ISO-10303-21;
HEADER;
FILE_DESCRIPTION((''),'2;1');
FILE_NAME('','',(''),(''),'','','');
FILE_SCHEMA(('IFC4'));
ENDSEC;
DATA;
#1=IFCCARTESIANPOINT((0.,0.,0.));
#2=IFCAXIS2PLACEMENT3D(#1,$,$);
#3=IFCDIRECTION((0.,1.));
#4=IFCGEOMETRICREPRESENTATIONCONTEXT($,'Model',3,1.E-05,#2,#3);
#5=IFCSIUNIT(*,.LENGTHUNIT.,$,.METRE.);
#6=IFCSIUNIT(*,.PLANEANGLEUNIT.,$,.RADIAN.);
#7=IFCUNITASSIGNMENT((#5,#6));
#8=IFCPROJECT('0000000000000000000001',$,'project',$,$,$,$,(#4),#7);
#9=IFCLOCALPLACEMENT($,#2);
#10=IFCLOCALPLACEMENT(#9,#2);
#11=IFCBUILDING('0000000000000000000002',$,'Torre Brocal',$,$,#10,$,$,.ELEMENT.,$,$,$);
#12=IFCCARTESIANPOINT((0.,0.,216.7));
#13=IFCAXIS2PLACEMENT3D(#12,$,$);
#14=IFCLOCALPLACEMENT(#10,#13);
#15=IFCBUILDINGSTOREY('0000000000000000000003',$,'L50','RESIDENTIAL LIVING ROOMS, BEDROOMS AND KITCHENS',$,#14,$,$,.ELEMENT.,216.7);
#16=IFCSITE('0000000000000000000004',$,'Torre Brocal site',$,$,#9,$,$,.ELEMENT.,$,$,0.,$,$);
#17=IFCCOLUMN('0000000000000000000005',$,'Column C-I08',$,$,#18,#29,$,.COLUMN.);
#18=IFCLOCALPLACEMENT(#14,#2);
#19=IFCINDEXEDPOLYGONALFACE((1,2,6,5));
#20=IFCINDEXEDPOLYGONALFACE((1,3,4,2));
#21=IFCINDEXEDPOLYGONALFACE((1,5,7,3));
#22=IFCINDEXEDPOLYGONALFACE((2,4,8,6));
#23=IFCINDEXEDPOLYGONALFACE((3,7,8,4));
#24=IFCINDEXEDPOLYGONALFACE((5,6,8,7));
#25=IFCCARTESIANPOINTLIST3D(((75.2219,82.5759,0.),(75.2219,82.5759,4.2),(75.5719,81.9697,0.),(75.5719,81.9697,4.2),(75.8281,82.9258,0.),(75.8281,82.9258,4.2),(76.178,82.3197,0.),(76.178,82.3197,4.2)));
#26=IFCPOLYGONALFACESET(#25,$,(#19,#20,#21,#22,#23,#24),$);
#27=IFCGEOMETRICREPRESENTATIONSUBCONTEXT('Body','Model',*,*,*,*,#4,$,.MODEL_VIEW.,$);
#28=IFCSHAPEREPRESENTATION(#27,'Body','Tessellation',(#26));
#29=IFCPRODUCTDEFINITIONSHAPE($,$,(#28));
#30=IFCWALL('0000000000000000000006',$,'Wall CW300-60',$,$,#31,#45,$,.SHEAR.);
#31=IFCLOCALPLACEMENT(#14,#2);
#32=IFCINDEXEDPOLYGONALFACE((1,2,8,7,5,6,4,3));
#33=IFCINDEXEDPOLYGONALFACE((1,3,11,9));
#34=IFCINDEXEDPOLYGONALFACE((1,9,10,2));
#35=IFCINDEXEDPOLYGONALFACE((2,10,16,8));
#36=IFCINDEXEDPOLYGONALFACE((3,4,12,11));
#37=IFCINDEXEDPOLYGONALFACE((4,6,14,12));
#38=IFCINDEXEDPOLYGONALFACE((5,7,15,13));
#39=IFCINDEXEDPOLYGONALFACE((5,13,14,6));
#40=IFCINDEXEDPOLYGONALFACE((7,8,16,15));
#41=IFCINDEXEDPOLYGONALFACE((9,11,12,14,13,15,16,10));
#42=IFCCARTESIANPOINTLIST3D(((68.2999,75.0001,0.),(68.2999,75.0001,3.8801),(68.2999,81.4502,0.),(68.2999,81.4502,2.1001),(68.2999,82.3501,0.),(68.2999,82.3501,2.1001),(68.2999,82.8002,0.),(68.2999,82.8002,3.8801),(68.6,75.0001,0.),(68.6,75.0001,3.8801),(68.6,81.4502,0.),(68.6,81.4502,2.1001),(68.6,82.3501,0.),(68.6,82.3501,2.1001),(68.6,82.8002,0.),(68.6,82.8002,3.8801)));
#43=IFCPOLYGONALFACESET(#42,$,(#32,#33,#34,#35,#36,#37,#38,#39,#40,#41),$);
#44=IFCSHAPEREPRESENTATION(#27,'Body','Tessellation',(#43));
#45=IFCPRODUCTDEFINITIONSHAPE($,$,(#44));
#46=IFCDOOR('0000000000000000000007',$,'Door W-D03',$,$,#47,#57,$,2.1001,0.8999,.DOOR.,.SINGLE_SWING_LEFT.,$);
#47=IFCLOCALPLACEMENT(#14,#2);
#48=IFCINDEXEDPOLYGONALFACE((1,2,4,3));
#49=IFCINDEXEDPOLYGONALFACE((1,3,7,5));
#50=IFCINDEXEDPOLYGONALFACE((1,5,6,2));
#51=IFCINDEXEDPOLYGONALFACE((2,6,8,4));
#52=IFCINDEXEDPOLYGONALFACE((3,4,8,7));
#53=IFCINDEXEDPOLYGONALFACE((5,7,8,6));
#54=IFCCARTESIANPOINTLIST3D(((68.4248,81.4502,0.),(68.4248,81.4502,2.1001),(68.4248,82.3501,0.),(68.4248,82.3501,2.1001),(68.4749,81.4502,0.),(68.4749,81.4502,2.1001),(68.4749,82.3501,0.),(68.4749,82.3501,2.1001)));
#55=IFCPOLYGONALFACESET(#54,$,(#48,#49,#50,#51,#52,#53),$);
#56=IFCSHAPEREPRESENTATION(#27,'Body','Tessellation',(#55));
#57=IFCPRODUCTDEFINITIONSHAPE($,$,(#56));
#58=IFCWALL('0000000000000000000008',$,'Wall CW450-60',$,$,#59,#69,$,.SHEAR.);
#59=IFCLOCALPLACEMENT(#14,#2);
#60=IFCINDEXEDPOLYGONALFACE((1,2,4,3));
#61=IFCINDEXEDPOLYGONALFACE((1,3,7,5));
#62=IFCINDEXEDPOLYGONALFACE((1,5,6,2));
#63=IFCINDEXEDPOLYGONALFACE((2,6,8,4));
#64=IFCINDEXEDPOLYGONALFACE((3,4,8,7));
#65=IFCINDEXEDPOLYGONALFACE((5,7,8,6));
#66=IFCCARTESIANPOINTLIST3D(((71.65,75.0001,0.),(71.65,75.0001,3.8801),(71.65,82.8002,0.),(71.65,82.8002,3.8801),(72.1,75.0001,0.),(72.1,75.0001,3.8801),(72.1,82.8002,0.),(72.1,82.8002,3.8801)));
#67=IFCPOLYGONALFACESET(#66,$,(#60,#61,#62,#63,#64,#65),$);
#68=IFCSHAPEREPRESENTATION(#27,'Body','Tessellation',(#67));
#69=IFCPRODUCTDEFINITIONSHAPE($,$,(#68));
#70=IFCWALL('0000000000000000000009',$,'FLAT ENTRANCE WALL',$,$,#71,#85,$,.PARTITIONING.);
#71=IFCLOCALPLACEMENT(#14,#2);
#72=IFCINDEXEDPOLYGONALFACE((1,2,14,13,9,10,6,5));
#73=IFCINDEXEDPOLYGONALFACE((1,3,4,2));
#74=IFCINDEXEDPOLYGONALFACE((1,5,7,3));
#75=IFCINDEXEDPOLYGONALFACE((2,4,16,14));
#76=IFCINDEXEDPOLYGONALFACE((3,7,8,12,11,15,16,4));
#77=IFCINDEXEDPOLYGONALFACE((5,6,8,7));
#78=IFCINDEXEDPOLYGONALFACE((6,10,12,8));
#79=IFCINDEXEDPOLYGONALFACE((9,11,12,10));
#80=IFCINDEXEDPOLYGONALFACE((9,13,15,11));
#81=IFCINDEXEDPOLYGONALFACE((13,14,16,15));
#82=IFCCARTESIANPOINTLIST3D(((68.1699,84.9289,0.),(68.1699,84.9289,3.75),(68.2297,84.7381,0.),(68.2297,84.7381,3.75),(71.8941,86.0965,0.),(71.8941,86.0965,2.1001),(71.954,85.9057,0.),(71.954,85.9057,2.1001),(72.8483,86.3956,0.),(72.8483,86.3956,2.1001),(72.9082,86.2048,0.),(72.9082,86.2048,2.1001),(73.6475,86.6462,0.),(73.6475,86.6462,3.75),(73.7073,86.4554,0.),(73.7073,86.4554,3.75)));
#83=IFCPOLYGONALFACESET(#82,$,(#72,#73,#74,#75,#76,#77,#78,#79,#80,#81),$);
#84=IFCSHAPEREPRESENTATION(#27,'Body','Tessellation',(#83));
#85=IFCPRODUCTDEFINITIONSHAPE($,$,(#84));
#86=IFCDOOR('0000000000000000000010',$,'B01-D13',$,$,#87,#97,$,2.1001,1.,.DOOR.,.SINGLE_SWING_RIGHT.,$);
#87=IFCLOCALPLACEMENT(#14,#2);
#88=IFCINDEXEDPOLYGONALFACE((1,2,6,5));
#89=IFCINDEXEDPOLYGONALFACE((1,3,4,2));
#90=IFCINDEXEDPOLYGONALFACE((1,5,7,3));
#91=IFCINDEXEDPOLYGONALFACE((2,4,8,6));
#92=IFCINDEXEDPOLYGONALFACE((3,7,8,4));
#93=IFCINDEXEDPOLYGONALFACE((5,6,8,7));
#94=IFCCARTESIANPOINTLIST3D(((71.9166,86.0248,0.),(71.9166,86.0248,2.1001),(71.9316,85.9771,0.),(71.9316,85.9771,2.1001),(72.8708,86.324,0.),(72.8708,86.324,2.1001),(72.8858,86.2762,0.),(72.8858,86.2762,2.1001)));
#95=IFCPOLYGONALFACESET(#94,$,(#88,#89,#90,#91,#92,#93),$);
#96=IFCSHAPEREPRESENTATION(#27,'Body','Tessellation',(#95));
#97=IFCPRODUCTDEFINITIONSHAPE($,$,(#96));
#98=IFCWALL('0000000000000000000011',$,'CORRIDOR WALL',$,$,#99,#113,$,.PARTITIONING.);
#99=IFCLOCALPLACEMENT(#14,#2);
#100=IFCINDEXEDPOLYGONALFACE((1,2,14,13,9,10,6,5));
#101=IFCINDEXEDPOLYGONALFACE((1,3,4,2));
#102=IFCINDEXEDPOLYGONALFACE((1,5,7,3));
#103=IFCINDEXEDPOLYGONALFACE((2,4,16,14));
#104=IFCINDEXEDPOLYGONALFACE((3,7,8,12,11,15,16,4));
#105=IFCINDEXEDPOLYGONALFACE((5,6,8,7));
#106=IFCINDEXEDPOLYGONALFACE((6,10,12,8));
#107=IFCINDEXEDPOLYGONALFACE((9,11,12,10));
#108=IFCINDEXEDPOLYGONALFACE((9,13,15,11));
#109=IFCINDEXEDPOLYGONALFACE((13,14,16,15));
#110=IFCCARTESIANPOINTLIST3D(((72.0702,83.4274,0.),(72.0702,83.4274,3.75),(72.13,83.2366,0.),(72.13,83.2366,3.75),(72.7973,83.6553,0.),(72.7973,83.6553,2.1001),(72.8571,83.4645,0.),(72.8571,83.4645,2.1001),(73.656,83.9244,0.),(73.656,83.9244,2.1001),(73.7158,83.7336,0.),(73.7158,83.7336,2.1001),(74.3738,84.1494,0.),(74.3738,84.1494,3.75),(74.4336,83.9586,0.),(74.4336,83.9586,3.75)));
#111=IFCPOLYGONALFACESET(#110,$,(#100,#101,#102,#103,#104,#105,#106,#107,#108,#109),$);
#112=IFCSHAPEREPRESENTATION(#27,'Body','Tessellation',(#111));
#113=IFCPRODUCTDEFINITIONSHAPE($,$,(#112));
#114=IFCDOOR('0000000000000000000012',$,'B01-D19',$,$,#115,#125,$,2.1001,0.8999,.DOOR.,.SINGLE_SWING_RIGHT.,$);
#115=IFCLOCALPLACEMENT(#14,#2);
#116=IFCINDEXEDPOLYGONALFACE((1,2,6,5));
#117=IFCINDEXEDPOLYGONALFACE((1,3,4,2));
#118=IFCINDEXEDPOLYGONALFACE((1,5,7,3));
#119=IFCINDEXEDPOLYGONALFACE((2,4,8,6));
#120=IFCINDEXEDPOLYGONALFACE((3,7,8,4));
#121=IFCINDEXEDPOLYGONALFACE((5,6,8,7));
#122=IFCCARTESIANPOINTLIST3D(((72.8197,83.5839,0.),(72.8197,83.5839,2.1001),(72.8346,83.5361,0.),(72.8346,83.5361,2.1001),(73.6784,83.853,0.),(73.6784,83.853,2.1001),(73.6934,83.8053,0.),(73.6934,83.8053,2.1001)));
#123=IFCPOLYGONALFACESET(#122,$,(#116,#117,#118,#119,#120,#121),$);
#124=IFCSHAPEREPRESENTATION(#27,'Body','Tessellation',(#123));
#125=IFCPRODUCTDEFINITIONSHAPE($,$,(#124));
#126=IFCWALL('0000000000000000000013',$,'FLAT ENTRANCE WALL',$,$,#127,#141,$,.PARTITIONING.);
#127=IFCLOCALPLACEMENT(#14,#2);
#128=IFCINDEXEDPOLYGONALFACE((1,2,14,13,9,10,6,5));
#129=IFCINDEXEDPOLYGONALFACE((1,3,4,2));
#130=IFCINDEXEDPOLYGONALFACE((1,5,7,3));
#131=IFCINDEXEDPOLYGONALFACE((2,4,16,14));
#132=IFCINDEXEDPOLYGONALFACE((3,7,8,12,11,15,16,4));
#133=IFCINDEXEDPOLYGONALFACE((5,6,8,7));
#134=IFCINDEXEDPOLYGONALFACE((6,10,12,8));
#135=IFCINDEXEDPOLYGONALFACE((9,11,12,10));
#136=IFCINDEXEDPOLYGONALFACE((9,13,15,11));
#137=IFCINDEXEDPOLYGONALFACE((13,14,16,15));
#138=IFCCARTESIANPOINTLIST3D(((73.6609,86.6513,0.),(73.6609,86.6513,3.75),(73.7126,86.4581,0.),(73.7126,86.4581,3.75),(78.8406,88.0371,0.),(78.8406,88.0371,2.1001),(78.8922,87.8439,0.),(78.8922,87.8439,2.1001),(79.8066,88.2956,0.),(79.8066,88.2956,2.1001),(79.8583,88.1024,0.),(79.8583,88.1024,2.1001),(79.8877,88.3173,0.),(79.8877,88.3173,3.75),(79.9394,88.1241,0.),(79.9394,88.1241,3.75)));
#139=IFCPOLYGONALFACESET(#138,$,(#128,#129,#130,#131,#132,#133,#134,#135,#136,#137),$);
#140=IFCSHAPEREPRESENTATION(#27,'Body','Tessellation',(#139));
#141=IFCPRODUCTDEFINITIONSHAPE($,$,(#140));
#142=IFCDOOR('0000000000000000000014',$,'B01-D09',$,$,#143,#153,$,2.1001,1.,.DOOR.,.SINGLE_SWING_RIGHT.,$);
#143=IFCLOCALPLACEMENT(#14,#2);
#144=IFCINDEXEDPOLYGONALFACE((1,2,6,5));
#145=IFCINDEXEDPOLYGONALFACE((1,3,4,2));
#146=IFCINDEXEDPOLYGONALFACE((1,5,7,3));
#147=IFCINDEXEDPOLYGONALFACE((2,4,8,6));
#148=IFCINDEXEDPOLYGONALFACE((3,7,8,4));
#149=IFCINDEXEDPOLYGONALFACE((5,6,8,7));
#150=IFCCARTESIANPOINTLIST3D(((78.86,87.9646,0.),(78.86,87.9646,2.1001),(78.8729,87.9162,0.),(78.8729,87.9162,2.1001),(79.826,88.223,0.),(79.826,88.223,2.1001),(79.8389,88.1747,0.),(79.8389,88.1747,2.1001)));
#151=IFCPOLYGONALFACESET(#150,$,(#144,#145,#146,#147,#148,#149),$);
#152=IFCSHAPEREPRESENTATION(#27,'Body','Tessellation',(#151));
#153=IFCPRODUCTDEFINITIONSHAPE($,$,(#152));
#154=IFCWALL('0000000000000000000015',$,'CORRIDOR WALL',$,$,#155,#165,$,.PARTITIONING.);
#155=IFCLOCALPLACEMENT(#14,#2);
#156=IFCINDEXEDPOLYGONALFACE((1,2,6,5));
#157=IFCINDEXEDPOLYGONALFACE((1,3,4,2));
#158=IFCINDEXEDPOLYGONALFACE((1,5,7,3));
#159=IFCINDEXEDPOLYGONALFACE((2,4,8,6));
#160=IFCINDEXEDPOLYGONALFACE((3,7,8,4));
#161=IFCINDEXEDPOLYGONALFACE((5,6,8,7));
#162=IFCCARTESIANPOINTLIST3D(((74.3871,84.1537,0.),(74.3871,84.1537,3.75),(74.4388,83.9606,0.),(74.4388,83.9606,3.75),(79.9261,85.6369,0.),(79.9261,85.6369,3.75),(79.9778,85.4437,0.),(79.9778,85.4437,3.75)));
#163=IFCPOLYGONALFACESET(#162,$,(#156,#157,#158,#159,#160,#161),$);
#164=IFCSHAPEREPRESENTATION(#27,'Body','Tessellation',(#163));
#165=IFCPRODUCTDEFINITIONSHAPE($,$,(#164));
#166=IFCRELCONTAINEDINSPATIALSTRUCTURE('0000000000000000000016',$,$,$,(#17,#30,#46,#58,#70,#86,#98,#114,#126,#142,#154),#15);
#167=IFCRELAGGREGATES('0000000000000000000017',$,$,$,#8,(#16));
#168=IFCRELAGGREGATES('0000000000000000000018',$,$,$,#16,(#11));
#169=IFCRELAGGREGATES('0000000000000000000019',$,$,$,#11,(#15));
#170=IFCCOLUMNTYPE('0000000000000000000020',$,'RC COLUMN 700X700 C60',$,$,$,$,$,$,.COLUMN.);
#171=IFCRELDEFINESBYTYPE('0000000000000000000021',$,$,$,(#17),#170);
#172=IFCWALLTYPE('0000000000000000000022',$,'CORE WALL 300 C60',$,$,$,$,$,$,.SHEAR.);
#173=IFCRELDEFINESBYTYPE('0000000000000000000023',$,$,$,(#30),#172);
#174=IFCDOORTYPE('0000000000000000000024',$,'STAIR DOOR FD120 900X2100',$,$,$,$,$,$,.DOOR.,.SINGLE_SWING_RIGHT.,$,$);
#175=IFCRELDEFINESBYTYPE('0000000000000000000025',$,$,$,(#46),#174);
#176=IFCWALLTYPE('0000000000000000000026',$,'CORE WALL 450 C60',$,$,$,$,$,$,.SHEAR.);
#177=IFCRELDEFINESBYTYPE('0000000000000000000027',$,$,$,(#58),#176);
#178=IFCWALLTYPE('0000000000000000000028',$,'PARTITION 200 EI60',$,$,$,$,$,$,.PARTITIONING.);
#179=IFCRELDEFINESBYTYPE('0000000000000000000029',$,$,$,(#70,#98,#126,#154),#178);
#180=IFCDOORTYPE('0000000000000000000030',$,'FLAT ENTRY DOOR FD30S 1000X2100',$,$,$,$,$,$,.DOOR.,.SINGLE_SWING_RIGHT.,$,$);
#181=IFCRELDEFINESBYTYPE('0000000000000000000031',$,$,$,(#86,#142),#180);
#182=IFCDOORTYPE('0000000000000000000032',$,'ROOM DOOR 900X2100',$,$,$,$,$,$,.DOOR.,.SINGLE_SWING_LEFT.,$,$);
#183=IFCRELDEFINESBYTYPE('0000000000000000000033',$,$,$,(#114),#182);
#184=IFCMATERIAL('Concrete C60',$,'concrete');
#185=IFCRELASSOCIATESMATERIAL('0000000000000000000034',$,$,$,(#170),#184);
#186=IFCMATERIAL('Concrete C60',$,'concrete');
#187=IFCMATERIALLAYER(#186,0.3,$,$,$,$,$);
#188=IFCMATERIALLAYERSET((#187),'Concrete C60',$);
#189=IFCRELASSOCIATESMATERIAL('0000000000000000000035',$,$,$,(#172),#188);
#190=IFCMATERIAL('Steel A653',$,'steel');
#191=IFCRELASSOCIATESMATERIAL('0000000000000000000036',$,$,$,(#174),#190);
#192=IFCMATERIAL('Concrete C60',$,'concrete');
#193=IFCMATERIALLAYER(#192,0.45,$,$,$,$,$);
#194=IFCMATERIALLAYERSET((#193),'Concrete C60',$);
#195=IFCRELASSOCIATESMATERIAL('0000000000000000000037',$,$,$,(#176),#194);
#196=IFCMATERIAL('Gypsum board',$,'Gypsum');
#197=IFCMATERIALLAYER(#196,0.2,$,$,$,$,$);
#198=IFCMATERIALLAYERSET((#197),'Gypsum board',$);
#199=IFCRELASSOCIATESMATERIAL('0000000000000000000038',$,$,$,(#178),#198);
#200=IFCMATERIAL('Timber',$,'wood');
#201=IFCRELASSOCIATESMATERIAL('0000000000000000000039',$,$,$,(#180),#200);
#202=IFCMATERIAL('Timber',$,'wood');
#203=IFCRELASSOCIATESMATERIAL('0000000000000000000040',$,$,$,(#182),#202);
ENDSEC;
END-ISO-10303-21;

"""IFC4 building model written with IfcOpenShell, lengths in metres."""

from ifc_helpers import new_model, si_unit, direction, frame, frame_2d, origin, origin_2d, place, context, subcontext, project, spatial, rectangle, extrude, material, layer, layer_set, material_profile, profile_set, type_object, element, fill, save


model = new_model("IFC4")

# Units and contexts
model_context = context("Model", 3, precision=1e-05, world=origin(), true_north=direction((0.0, 1.0)))
body_context = subcontext(model_context, "Body", "Model", "MODEL_VIEW")
ifc_project = project(units=[si_unit("LENGTHUNIT", "METRE"), si_unit("PLANEANGLEUNIT", "RADIAN")], contexts=[model_context])

# Site, building, storey
site_placement = place(None, origin())
site = spatial("IfcSite", under=ifc_project, at=site_placement, Name="Torre Brocal site", CompositionType="ELEMENT", RefElevation=0.0)
building_placement = place(site_placement, origin())
building = spatial("IfcBuilding", under=site, at=building_placement, Name="Torre Brocal", CompositionType="ELEMENT")
storey_placement = place(building_placement, frame((0.0, 0.0, 216.7)))
storey = spatial("IfcBuildingStorey", under=building, at=storey_placement, Name="L50", Description="RESIDENTIAL LIVING ROOMS, BEDROOMS AND KITCHENS", CompositionType="ELEMENT", Elevation=216.7)

# Column
ifc_material_1 = material(Name="Concrete C60", Category="concrete")
ifc_material_profile = material_profile(ifc_material_1, rectangle(XDim=0.7, YDim=0.7, at=origin_2d()), Name="RC 700X700")
ifc_profile_set = profile_set([ifc_material_profile], Name="Concrete C60")
column_type = type_object("IfcColumnType", Name="RC COLUMN 700X700 C60", PredefinedType="COLUMN", material=ifc_profile_set)
column_placement = place(storey_placement, frame((75.7, 82.4478, 0.0), z_axis=(0.0, 0.0, 1.0), x_axis=(-0.5, 0.866025, 0.0)))
element("IfcColumn", 1, at=column_placement, inside=storey, type_object=column_type, Name="Column C-I08", PredefinedType="COLUMN", context=body_context, shape_type="SweptSolid", body=[
    extrude(rectangle(XDim=0.7, YDim=0.7, at=origin_2d()), origin(), (0.0, 0.0, 1.0), 4.2),
])

# Wall, opening, door
ifc_material_2 = material(Name="Concrete C60", Category="concrete")
ifc_layer_1 = layer(ifc_material_2, 0.3)
ifc_layer_set_1 = layer_set([ifc_layer_1], Name="Concrete C60")
wall_type_1 = type_object("IfcWallType", Name="CORE WALL 300 C60", PredefinedType="SHEAR", material=ifc_layer_set_1)
wall_1_placement = place(storey_placement, frame((68.45, 82.8, 0.0), z_axis=(0.0, 0.0, 1.0), x_axis=(0.0, -1.0, 0.0)))
wall_1 = element("IfcWall", 2, at=wall_1_placement, inside=storey, type_object=wall_type_1, Name="Wall CW300-60", PredefinedType="SHEAR", context=body_context, shape_type="SweptSolid", body=[
    extrude(rectangle(XDim=7.8, YDim=0.3, at=frame_2d((3.8999, 0.0))), origin(), (0.0, 0.0, 1.0), 3.8801),
])
opening_1_placement = place(wall_1_placement, frame((0.45, 0.0, 0.0)))
opening_1 = element("IfcOpeningElement", 3, at=opening_1_placement, cuts=wall_1, PredefinedType="OPENING", context=body_context, shape_type="SweptSolid", body=[
    extrude(rectangle(XDim=0.8999, YDim=2.1001, at=frame_2d((0.45, 1.05))), frame((0.0, 0.1599, 0.0), z_axis=(0.0, -1.0, 0.0), x_axis=(1.0, 0.0, 0.0)), (0.0, 0.0, 1.0), 0.3201),
])
ifc_material_3 = material(Name="Steel A653", Category="steel")
door_type_1 = type_object("IfcDoorType", Name="STAIR DOOR FD120 900X2100", OperationType="SINGLE_SWING_RIGHT", PredefinedType="DOOR", material=ifc_material_3)
door_1_placement = place(opening_1_placement, origin())
door_1 = element("IfcDoor", 4, at=door_1_placement, inside=storey, type_object=door_type_1, Name="Door W-D03", OperationType="SINGLE_SWING_LEFT", OverallHeight=2.1001, OverallWidth=0.8999, PredefinedType="DOOR", context=body_context, shape_type="SweptSolid", body=[
    extrude(rectangle(XDim=0.8999, YDim=2.1001, at=frame_2d((0.45, 1.05))), frame((0.0, 0.0249, 0.0), z_axis=(0.0, -1.0, 0.0), x_axis=(1.0, 0.0, 0.0)), (0.0, 0.0, 1.0), 0.05),
])
fill(opening_1, door_1)

# Wall
ifc_material_4 = material(Name="Concrete C60", Category="concrete")
ifc_layer_2 = layer(ifc_material_4, 0.45)
ifc_layer_set_2 = layer_set([ifc_layer_2], Name="Concrete C60")
wall_type_2 = type_object("IfcWallType", Name="CORE WALL 450 C60", PredefinedType="SHEAR", material=ifc_layer_set_2)
wall_2_placement = place(storey_placement, frame((71.875, 82.8, 0.0), z_axis=(0.0, 0.0, 1.0), x_axis=(0.0, -1.0, 0.0)))
element("IfcWall", 5, at=wall_2_placement, inside=storey, type_object=wall_type_2, Name="Wall CW450-60", PredefinedType="SHEAR", context=body_context, shape_type="SweptSolid", body=[
    extrude(rectangle(XDim=7.8, YDim=0.45, at=frame_2d((3.8999, 0.0))), origin(), (0.0, 0.0, 1.0), 3.8801),
])

# Walls, openings, doors
ifc_material_5 = material(Name="Gypsum board", Category="Gypsum")
ifc_layer_3 = layer(ifc_material_5, 0.2)
ifc_layer_set_3 = layer_set([ifc_layer_3], Name="Gypsum board")
wall_type_3 = type_object("IfcWallType", Name="PARTITION 200 EI60", PredefinedType="PARTITIONING", material=ifc_layer_set_3)
wall_3_placement = place(storey_placement, frame((68.2, 84.8335, 0.0), z_axis=(0.0, 0.0, 1.0), x_axis=(0.954204, 0.299156, 0.0)))
wall_3 = element("IfcWall", 6, at=wall_3_placement, inside=storey, type_object=wall_type_3, Name="FLAT ENTRANCE WALL", PredefinedType="PARTITIONING", context=body_context, shape_type="SweptSolid", body=[
    extrude(rectangle(XDim=5.7405, YDim=0.2, at=frame_2d((2.8701, 0.0))), origin(), (0.0, 0.0, 1.0), 3.75),
])
opening_2_placement = place(wall_3_placement, frame((3.9028, 0.0, 0.0)))
opening_2 = element("IfcOpeningElement", 7, at=opening_2_placement, cuts=wall_3, PredefinedType="OPENING", context=body_context, shape_type="SweptSolid", body=[
    extrude(rectangle(XDim=1.0, YDim=2.1001, at=frame_2d((0.5, 1.05))), frame((0.0, 0.1099, 0.0), z_axis=(0.0, -1.0, 0.0), x_axis=(1.0, 0.0, 0.0)), (0.0, 0.0, 1.0), 0.22),
])
ifc_material_6 = material(Name="Timber", Category="wood")
door_type_2 = type_object("IfcDoorType", Name="FLAT ENTRY DOOR FD30S 1000X2100", OperationType="SINGLE_SWING_RIGHT", PredefinedType="DOOR", material=ifc_material_6)
door_2_placement = place(opening_2_placement, origin())
door_2 = element("IfcDoor", 8, at=door_2_placement, inside=storey, type_object=door_type_2, Name="B01-D13", OperationType="SINGLE_SWING_RIGHT", OverallHeight=2.1001, OverallWidth=1.0, PredefinedType="DOOR", context=body_context, shape_type="SweptSolid", body=[
    extrude(rectangle(XDim=1.0, YDim=2.1001, at=frame_2d((0.5, 1.05))), frame((0.0, 0.0249, 0.0), z_axis=(0.0, -1.0, 0.0), x_axis=(1.0, 0.0, 0.0)), (0.0, 0.0, 1.0), 0.05),
])
fill(opening_2, door_2)
wall_4_placement = place(storey_placement, frame((72.1001, 83.332, 0.0), z_axis=(0.0, 0.0, 1.0), x_axis=(0.954233, 0.299064, 0.0)))
wall_4 = element("IfcWall", 9, at=wall_4_placement, inside=storey, type_object=wall_type_3, Name="CORRIDOR WALL", PredefinedType="PARTITIONING", context=body_context, shape_type="SweptSolid", body=[
    extrude(rectangle(XDim=2.4141, YDim=0.2, at=frame_2d((1.207, 0.0))), origin(), (0.0, 0.0, 1.0), 3.75),
])
opening_3_placement = place(wall_4_placement, frame((0.762, 0.0, 0.0)))
opening_3 = element("IfcOpeningElement", 10, at=opening_3_placement, cuts=wall_4, PredefinedType="OPENING", context=body_context, shape_type="SweptSolid", body=[
    extrude(rectangle(XDim=0.8999, YDim=2.1001, at=frame_2d((0.45, 1.05))), frame((0.0, 0.1099, 0.0), z_axis=(0.0, -1.0, 0.0), x_axis=(1.0, 0.0, 0.0)), (0.0, 0.0, 1.0), 0.22),
])
ifc_material_7 = material(Name="Timber", Category="wood")
door_type_3 = type_object("IfcDoorType", Name="ROOM DOOR 900X2100", OperationType="SINGLE_SWING_LEFT", PredefinedType="DOOR", material=ifc_material_7)
door_3_placement = place(opening_3_placement, frame((0.8999, 0.0, 0.0), z_axis=(0.0, 0.0, 1.0), x_axis=(-1.0, 0.0, 0.0)))
door_3 = element("IfcDoor", 11, at=door_3_placement, inside=storey, type_object=door_type_3, Name="B01-D19", OperationType="SINGLE_SWING_RIGHT", OverallHeight=2.1001, OverallWidth=0.8999, PredefinedType="DOOR", context=body_context, shape_type="SweptSolid", body=[
    extrude(rectangle(XDim=0.8999, YDim=2.1001, at=frame_2d((0.45, 1.05))), frame((0.0, 0.0249, 0.0), z_axis=(0.0, -1.0, 0.0), x_axis=(1.0, 0.0, 0.0)), (0.0, 0.0, 1.0), 0.05),
])
fill(opening_3, door_3)
wall_5_placement = place(storey_placement, frame((73.6868, 86.5547, 0.0), z_axis=(0.0, 0.0, 1.0), x_axis=(0.966021, 0.258464, 0.0)))
wall_5 = element("IfcWall", 12, at=wall_5_placement, inside=storey, type_object=wall_type_3, Name="FLAT ENTRANCE WALL", PredefinedType="PARTITIONING", context=body_context, shape_type="SweptSolid", body=[
    extrude(rectangle(XDim=6.4458, YDim=0.2, at=frame_2d((3.2229, 0.0))), origin(), (0.0, 0.0, 1.0), 3.75),
])
opening_4_placement = place(wall_5_placement, frame((5.3618, 0.0, 0.0)))
opening_4 = element("IfcOpeningElement", 13, at=opening_4_placement, cuts=wall_5, PredefinedType="OPENING", context=body_context, shape_type="SweptSolid", body=[
    extrude(rectangle(XDim=1.0, YDim=2.1001, at=frame_2d((0.5, 1.05))), frame((0.0, 0.1099, 0.0), z_axis=(0.0, -1.0, 0.0), x_axis=(1.0, 0.0, 0.0)), (0.0, 0.0, 1.0), 0.22),
])
door_4_placement = place(opening_4_placement, origin())
door_4 = element("IfcDoor", 14, at=door_4_placement, inside=storey, type_object=door_type_2, Name="B01-D09", OperationType="SINGLE_SWING_RIGHT", OverallHeight=2.1001, OverallWidth=1.0, PredefinedType="DOOR", context=body_context, shape_type="SweptSolid", body=[
    extrude(rectangle(XDim=1.0, YDim=2.1001, at=frame_2d((0.5, 1.05))), frame((0.0, 0.0249, 0.0), z_axis=(0.0, -1.0, 0.0), x_axis=(1.0, 0.0, 0.0)), (0.0, 0.0, 1.0), 0.05),
])
fill(opening_4, door_4)

# Wall
wall_6_placement = place(storey_placement, frame((74.4128, 84.0571, 0.0), z_axis=(0.0, 0.0, 1.0), x_axis=(0.965971, 0.258651, 0.0)))
element("IfcWall", 15, at=wall_6_placement, inside=storey, type_object=wall_type_3, Name="CORRIDOR WALL", PredefinedType="PARTITIONING", context=body_context, shape_type="SweptSolid", body=[
    extrude(rectangle(XDim=5.7341, YDim=0.2, at=frame_2d((2.8672, 0.0))), origin(), (0.0, 0.0, 1.0), 3.75),
])

save(model, "model.ifc")
